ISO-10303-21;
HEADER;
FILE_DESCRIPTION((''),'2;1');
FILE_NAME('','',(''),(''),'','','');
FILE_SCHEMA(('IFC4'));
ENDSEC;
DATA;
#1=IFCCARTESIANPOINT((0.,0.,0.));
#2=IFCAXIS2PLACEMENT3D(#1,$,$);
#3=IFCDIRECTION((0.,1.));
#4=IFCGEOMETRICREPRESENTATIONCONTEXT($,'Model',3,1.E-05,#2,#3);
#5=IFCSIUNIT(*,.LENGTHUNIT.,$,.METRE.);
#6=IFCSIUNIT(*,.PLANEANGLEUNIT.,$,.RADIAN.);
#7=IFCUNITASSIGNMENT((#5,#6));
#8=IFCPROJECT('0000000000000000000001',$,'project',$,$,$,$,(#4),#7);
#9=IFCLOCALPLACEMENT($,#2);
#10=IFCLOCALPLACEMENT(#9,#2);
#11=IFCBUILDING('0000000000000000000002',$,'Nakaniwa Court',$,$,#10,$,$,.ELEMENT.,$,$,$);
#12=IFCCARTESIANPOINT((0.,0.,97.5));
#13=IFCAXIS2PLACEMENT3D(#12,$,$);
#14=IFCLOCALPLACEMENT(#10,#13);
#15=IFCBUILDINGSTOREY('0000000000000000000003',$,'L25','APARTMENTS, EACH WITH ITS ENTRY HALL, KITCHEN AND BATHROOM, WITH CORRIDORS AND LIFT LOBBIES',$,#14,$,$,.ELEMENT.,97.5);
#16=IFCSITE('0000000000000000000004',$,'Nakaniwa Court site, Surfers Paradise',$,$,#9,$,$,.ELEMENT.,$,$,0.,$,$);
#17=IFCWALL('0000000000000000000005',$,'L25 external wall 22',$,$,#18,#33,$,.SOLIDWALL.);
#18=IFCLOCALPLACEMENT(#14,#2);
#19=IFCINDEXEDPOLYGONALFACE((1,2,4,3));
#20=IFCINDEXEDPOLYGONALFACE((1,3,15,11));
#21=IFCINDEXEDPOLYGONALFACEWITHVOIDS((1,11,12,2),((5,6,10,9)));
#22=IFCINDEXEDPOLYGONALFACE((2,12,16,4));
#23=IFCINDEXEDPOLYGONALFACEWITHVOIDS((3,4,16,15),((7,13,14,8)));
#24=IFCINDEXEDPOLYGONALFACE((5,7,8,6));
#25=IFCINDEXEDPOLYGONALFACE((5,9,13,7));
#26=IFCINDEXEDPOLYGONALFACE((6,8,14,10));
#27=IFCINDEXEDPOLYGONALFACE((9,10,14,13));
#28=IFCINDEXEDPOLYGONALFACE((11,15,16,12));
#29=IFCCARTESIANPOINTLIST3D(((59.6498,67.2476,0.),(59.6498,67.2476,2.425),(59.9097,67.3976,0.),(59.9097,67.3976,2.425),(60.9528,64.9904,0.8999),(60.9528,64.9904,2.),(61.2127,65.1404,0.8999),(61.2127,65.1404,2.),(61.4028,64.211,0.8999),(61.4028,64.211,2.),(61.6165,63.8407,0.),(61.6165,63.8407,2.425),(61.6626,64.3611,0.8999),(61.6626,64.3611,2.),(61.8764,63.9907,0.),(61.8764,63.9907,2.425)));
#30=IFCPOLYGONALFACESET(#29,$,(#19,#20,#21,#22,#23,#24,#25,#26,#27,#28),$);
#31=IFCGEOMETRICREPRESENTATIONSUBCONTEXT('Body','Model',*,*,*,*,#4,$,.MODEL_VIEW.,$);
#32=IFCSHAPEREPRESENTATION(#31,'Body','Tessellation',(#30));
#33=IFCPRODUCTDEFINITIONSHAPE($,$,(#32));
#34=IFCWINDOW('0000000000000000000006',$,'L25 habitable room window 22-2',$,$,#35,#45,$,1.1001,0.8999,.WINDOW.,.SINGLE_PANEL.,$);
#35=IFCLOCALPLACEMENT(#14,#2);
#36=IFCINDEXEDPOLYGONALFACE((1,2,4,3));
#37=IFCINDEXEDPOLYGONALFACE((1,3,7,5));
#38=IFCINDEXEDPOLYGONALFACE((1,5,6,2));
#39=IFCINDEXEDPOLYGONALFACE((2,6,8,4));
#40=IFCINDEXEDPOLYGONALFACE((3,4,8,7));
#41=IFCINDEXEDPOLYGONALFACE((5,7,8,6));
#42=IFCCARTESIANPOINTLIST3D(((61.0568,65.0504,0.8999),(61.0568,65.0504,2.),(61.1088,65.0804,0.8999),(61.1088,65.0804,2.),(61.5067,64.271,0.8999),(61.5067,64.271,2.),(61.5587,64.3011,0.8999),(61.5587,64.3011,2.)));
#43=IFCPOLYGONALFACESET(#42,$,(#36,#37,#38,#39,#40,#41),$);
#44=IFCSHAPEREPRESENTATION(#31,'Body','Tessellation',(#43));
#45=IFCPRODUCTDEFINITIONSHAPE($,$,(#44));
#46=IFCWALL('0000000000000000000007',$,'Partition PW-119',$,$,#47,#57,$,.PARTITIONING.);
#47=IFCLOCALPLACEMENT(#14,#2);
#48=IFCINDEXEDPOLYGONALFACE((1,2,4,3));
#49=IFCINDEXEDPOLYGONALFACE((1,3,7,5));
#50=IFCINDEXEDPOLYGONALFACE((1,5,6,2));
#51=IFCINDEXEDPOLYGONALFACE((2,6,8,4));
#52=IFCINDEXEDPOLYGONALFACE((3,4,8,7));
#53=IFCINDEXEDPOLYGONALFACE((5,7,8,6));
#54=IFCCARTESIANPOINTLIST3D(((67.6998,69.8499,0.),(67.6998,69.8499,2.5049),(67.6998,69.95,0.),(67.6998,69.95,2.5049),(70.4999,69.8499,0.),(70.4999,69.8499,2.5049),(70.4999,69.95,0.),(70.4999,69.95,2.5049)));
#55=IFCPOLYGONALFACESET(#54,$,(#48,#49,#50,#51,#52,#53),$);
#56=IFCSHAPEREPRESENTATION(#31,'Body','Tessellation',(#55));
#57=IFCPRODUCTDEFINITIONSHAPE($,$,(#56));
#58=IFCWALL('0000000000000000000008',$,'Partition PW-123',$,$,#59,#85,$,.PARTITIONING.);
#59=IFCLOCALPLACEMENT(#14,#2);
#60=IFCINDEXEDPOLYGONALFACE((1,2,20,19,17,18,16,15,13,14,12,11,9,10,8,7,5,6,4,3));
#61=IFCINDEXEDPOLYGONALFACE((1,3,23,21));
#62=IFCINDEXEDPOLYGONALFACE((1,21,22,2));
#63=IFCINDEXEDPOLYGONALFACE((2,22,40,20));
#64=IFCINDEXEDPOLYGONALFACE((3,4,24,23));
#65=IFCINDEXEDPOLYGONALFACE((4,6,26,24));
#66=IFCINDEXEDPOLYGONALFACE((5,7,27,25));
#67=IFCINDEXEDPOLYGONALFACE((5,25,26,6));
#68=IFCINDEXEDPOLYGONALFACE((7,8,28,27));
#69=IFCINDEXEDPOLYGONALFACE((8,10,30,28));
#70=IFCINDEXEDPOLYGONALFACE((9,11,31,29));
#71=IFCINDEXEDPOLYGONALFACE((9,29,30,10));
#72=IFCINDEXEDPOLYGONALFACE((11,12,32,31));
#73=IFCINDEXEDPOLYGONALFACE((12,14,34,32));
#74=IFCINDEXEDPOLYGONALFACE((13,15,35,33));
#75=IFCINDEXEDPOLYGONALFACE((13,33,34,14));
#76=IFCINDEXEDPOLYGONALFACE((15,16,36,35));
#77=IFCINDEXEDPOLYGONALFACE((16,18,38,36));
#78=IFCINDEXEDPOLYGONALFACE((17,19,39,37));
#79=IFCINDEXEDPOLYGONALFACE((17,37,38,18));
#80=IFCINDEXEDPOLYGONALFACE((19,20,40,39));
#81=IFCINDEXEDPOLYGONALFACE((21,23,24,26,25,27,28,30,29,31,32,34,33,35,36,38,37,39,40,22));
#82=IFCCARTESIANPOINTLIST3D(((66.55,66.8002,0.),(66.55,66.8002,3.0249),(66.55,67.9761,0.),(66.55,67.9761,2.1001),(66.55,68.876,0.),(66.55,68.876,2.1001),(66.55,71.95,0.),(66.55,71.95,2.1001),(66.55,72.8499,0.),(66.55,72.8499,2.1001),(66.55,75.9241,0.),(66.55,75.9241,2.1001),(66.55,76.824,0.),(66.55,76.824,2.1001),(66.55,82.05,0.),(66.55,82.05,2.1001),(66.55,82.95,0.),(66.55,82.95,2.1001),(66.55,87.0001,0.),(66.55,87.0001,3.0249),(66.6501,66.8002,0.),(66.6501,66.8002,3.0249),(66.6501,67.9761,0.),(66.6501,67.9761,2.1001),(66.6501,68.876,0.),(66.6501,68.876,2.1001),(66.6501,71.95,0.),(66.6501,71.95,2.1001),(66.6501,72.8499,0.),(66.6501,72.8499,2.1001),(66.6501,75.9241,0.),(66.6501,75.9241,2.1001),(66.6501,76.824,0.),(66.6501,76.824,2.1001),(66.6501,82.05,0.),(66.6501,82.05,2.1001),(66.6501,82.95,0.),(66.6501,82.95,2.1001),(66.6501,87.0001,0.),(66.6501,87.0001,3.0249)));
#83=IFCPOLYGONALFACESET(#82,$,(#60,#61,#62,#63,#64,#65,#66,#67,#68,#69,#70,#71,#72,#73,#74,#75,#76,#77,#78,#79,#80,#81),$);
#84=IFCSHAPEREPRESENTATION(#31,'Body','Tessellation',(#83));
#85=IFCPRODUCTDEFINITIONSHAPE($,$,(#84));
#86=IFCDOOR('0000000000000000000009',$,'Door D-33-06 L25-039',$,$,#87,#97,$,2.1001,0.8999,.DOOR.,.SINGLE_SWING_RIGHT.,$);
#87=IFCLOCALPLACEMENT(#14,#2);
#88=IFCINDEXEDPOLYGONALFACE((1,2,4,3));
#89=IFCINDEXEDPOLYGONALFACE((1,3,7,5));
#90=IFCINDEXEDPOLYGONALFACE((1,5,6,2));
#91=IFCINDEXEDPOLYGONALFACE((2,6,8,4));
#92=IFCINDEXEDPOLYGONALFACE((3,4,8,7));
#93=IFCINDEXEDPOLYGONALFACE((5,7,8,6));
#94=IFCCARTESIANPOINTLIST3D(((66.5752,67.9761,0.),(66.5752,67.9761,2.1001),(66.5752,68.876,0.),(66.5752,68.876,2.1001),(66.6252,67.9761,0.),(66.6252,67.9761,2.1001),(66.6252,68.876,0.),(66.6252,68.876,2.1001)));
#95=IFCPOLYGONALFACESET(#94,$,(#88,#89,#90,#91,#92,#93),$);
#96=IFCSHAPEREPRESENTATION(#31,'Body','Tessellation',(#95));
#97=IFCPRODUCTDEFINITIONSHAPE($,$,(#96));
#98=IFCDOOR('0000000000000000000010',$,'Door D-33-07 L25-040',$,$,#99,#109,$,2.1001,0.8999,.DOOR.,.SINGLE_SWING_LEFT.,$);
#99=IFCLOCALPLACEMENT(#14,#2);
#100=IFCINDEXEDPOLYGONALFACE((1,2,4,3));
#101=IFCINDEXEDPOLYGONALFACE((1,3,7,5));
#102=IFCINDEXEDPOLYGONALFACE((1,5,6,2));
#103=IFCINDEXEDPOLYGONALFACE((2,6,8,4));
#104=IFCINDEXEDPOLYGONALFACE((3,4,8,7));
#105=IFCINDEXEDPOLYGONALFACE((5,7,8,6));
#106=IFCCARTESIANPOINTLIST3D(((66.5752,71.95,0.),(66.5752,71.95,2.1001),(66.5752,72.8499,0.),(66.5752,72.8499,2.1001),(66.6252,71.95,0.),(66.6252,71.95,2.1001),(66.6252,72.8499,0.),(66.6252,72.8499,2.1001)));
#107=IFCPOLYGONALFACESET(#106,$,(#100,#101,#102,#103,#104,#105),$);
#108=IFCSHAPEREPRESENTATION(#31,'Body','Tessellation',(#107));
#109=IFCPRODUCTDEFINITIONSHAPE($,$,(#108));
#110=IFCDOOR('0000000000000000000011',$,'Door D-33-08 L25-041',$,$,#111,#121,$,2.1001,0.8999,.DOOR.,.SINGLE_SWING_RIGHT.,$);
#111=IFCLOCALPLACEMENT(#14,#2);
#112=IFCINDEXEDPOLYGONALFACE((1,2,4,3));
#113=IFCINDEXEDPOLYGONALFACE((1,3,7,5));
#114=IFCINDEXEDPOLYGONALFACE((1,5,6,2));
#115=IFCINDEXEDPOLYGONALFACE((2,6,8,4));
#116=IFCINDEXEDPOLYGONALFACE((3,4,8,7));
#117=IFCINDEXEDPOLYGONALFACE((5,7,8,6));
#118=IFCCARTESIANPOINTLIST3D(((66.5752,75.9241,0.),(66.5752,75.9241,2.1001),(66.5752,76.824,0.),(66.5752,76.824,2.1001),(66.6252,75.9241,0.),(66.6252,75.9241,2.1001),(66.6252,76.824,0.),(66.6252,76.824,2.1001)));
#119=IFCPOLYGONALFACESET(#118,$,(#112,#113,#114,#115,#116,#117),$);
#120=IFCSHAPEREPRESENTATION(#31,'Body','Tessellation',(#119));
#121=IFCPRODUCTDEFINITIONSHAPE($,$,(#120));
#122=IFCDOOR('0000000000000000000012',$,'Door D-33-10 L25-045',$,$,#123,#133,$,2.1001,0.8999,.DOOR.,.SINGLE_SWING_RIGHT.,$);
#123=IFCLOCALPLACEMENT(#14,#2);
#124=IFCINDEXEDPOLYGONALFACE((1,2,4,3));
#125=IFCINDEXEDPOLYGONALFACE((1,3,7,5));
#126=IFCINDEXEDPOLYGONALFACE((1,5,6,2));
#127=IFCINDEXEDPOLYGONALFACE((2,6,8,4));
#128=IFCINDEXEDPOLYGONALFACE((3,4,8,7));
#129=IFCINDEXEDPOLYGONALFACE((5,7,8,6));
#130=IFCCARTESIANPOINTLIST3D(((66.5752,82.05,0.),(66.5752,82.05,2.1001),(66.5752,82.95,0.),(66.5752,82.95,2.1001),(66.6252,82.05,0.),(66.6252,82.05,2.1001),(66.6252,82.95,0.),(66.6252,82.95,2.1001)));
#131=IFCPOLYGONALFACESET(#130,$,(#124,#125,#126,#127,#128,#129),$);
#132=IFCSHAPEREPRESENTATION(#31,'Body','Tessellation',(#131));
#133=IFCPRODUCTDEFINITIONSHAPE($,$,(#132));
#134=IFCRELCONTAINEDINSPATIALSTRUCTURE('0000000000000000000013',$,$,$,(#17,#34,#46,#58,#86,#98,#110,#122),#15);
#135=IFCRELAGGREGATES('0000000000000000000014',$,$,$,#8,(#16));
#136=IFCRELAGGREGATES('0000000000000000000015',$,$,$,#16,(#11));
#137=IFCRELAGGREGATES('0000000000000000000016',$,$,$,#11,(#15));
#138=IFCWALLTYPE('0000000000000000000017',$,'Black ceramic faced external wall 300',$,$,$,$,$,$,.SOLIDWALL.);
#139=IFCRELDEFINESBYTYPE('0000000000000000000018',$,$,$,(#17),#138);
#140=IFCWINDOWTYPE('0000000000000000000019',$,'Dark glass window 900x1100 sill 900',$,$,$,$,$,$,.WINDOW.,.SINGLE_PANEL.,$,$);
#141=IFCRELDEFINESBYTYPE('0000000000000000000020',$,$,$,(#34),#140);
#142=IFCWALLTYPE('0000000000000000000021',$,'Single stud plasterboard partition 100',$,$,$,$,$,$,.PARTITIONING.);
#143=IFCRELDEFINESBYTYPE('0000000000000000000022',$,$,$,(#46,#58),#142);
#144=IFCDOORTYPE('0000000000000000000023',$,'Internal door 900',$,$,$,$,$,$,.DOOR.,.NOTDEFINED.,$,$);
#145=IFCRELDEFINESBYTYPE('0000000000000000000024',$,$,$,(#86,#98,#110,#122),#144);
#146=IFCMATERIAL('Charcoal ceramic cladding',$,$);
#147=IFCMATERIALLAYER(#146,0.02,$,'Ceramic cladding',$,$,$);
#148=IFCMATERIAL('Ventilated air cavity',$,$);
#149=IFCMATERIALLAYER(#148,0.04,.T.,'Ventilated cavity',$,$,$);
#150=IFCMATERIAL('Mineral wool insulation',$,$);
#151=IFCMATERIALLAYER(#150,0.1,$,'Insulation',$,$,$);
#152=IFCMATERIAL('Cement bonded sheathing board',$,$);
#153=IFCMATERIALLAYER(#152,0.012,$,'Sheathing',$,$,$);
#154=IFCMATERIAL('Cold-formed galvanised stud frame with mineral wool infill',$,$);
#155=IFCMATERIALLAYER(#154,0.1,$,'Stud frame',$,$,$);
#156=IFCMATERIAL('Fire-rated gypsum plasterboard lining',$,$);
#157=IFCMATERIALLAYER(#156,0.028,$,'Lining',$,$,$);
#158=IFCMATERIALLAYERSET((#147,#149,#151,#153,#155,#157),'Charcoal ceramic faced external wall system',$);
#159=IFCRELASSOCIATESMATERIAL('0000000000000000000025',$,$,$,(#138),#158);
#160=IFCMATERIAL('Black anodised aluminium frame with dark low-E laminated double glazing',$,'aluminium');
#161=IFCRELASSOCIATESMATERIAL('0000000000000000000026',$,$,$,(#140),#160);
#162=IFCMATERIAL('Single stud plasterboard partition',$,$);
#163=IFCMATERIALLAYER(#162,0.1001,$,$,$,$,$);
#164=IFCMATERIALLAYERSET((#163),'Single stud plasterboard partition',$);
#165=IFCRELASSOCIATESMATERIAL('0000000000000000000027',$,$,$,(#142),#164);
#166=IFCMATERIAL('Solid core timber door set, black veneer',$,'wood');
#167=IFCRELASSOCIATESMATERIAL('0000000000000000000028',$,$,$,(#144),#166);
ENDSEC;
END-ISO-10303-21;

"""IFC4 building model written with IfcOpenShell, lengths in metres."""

from ifc_helpers import new_model, si_unit, direction, frame, frame_2d, origin, place, context, subcontext, project, spatial, rectangle, extrude, material, layer, layer_set, type_object, element, fill, save


model = new_model("IFC4")

# Units and contexts
model_context = context("Model", 3, precision=1e-05, world=origin(), true_north=direction((0.0, 1.0)))
body_context = subcontext(model_context, "Body", "Model", "MODEL_VIEW")
ifc_project = project(units=[si_unit("LENGTHUNIT", "METRE"), si_unit("PLANEANGLEUNIT", "RADIAN")], contexts=[model_context])

# Site, building, storey
site_placement = place(None, origin())
site = spatial("IfcSite", under=ifc_project, at=site_placement, Name="Nakaniwa Court site, Surfers Paradise", CompositionType="ELEMENT", RefElevation=0.0)
building_placement = place(site_placement, origin())
building = spatial("IfcBuilding", under=site, at=building_placement, Name="Nakaniwa Court", CompositionType="ELEMENT")
storey_placement = place(building_placement, frame((0.0, 0.0, 97.5)))
storey = spatial("IfcBuildingStorey", under=building, at=storey_placement, Name="L25", Description="APARTMENTS, EACH WITH ITS ENTRY HALL, KITCHEN AND BATHROOM, WITH CORRIDORS AND LIFT LOBBIES", CompositionType="ELEMENT", Elevation=97.5)

# Shared definitions
ifc_material_1 = material(Name="Solid core timber door set, black veneer", Category="wood")

# Wall, opening, window
ifc_material_2 = material(Name="Charcoal ceramic cladding")
ifc_layer_1 = layer(ifc_material_2, 0.02, Name="Ceramic cladding")
ifc_material_3 = material(Name="Ventilated air cavity")
ifc_layer_2 = layer(ifc_material_3, 0.04, ventilated=True, Name="Ventilated cavity")
ifc_material_4 = material(Name="Mineral wool insulation")
ifc_layer_3 = layer(ifc_material_4, 0.1, Name="Insulation")
ifc_material_5 = material(Name="Cement bonded sheathing board")
ifc_layer_4 = layer(ifc_material_5, 0.012, Name="Sheathing")
ifc_material_6 = material(Name="Cold-formed galvanised stud frame with mineral wool infill")
ifc_layer_5 = layer(ifc_material_6, 0.1, Name="Stud frame")
ifc_material_7 = material(Name="Fire-rated gypsum plasterboard lining")
ifc_layer_6 = layer(ifc_material_7, 0.028, Name="Lining")
ifc_layer_set_1 = layer_set([ifc_layer_1, ifc_layer_2, ifc_layer_3, ifc_layer_4, ifc_layer_5, ifc_layer_6], Name="Charcoal ceramic faced external wall system")
wall_type_1 = type_object("IfcWallType", Name="Black ceramic faced external wall 300", PredefinedType="SOLIDWALL", material=ifc_layer_set_1)
ifc_material_8 = material(Name="Black anodised aluminium frame with dark low-E laminated double glazing", Category="aluminium")
wall_1_placement = place(storey_placement, frame((59.7798, 67.3225, 0.0), z_axis=(0.0, 0.0, 1.0), x_axis=(0.499957, -0.86605, 0.0)))
wall_1 = element("IfcWall", 1, at=wall_1_placement, inside=storey, type_object=wall_type_1, Name="L25 external wall 22", PredefinedType="SOLIDWALL", context=body_context, shape_type="SweptSolid", body=[
    extrude(rectangle(XDim=3.9338, YDim=0.3, at=frame_2d((1.9668, 0.0))), origin(), (0.0, 0.0, 1.0), 2.425),
])
opening_1_placement = place(wall_1_placement, frame((2.6062, 0.0, 0.8999)))
opening_1 = element("IfcOpeningElement", 2, at=opening_1_placement, cuts=wall_1, PredefinedType="OPENING", context=body_context, shape_type="SweptSolid", body=[
    extrude(rectangle(XDim=0.8999, YDim=1.1001, at=frame_2d((0.45, 0.55))), frame((0.0, 0.1599, 0.0), z_axis=(0.0, -1.0, 0.0), x_axis=(1.0, 0.0, 0.0)), (0.0, 0.0, 1.0), 0.3201),
])
window_type_1 = type_object("IfcWindowType", Name="Dark glass window 900x1100 sill 900", PartitioningType="SINGLE_PANEL", PredefinedType="WINDOW", material=ifc_material_8)
window_1_placement = place(opening_1_placement, origin())
window_1 = element("IfcWindow", 3, at=window_1_placement, inside=storey, type_object=window_type_1, Name="L25 habitable room window 22-2", OverallHeight=1.1001, OverallWidth=0.8999, PartitioningType="SINGLE_PANEL", PredefinedType="WINDOW", context=body_context, shape_type="SweptSolid", body=[
    extrude(rectangle(XDim=0.8999, YDim=1.1001, at=frame_2d((0.45, 0.55))), frame((0.0, 0.03, 0.0), z_axis=(0.0, -1.0, 0.0), x_axis=(1.0, 0.0, 0.0)), (0.0, 0.0, 1.0), 0.0601),
])
fill(opening_1, window_1)

# Wall
ifc_material_9 = material(Name="Single stud plasterboard partition")
ifc_layer_7 = layer(ifc_material_9, 0.1001)
ifc_layer_set_2 = layer_set([ifc_layer_7], Name="Single stud plasterboard partition")
wall_type_2 = type_object("IfcWallType", Name="Single stud plasterboard partition 100", PredefinedType="PARTITIONING", material=ifc_layer_set_2)
wall_2_placement = place(storey_placement, frame((67.7, 69.8999, 0.0), z_axis=(0.0, 0.0, 1.0), x_axis=(1.0, 0.0, 0.0)))
element("IfcWall", 4, at=wall_2_placement, inside=storey, type_object=wall_type_2, Name="Partition PW-119", PredefinedType="PARTITIONING", context=body_context, shape_type="SweptSolid", body=[
    extrude(rectangle(XDim=2.8, YDim=0.1001, at=frame_2d((1.3999, 0.0))), origin(), (0.0, 0.0, 1.0), 2.5049),
])

# Wall, openings, doors
wall_3_placement = place(storey_placement, frame((66.6001, 66.8, 0.0), z_axis=(0.0, 0.0, 1.0), x_axis=(0.0, 1.0, 0.0)))
wall_3 = element("IfcWall", 5, at=wall_3_placement, inside=storey, type_object=wall_type_2, Name="Partition PW-123", PredefinedType="PARTITIONING", context=body_context, shape_type="SweptSolid", body=[
    extrude(rectangle(XDim=20.2, YDim=0.1001, at=frame_2d((10.1001, 0.0))), origin(), (0.0, 0.0, 1.0), 3.0249),
])
opening_2_placement = place(wall_3_placement, frame((1.176, 0.0, 0.0)))
opening_2 = element("IfcOpeningElement", 6, at=opening_2_placement, cuts=wall_3, PredefinedType="OPENING", context=body_context, shape_type="SweptSolid", body=[
    extrude(rectangle(XDim=0.8999, YDim=2.1001, at=frame_2d((0.45, 1.05))), frame((0.0, 0.0601, 0.0), z_axis=(0.0, -1.0, 0.0), x_axis=(1.0, 0.0, 0.0)), (0.0, 0.0, 1.0), 0.1201),
])
opening_3_placement = place(wall_3_placement, frame((5.1499, 0.0, 0.0)))
opening_3 = element("IfcOpeningElement", 7, at=opening_3_placement, cuts=wall_3, PredefinedType="OPENING", context=body_context, shape_type="SweptSolid", body=[
    extrude(rectangle(XDim=0.8999, YDim=2.1001, at=frame_2d((0.45, 1.05))), frame((0.0, 0.0601, 0.0), z_axis=(0.0, -1.0, 0.0), x_axis=(1.0, 0.0, 0.0)), (0.0, 0.0, 1.0), 0.1201),
])
opening_4_placement = place(wall_3_placement, frame((9.124, 0.0, 0.0)))
opening_4 = element("IfcOpeningElement", 8, at=opening_4_placement, cuts=wall_3, PredefinedType="OPENING", context=body_context, shape_type="SweptSolid", body=[
    extrude(rectangle(XDim=0.8999, YDim=2.1001, at=frame_2d((0.45, 1.05))), frame((0.0, 0.0601, 0.0), z_axis=(0.0, -1.0, 0.0), x_axis=(1.0, 0.0, 0.0)), (0.0, 0.0, 1.0), 0.1201),
])
opening_5_placement = place(wall_3_placement, frame((15.25, 0.0, 0.0)))
opening_5 = element("IfcOpeningElement", 9, at=opening_5_placement, cuts=wall_3, PredefinedType="OPENING", context=body_context, shape_type="SweptSolid", body=[
    extrude(rectangle(XDim=0.8999, YDim=2.1001, at=frame_2d((0.45, 1.05))), frame((0.0, 0.0601, 0.0), z_axis=(0.0, -1.0, 0.0), x_axis=(1.0, 0.0, 0.0)), (0.0, 0.0, 1.0), 0.1201),
])
door_type_1 = type_object("IfcDoorType", Name="Internal door 900", OperationType="NOTDEFINED", PredefinedType="DOOR", material=ifc_material_1)
door_1_placement = place(opening_2_placement, origin())
door_1 = element("IfcDoor", 10, at=door_1_placement, inside=storey, type_object=door_type_1, Name="Door D-33-06 L25-039", OperationType="SINGLE_SWING_RIGHT", OverallHeight=2.1001, OverallWidth=0.8999, PredefinedType="DOOR", context=body_context, shape_type="SweptSolid", body=[
    extrude(rectangle(XDim=0.8999, YDim=2.1001, at=frame_2d((0.45, 1.05))), frame((0.0, 0.0249, 0.0), z_axis=(0.0, -1.0, 0.0), x_axis=(1.0, 0.0, 0.0)), (0.0, 0.0, 1.0), 0.05),
])
fill(opening_2, door_1)
door_2_placement = place(opening_3_placement, origin())
door_2 = element("IfcDoor", 11, at=door_2_placement, inside=storey, type_object=door_type_1, Name="Door D-33-07 L25-040", OperationType="SINGLE_SWING_LEFT", OverallHeight=2.1001, OverallWidth=0.8999, PredefinedType="DOOR", context=body_context, shape_type="SweptSolid", body=[
    extrude(rectangle(XDim=0.8999, YDim=2.1001, at=frame_2d((0.45, 1.05))), frame((0.0, 0.0249, 0.0), z_axis=(0.0, -1.0, 0.0), x_axis=(1.0, 0.0, 0.0)), (0.0, 0.0, 1.0), 0.05),
])
fill(opening_3, door_2)
door_3_placement = place(opening_4_placement, origin())
door_3 = element("IfcDoor", 12, at=door_3_placement, inside=storey, type_object=door_type_1, Name="Door D-33-08 L25-041", OperationType="SINGLE_SWING_RIGHT", OverallHeight=2.1001, OverallWidth=0.8999, PredefinedType="DOOR", context=body_context, shape_type="SweptSolid", body=[
    extrude(rectangle(XDim=0.8999, YDim=2.1001, at=frame_2d((0.45, 1.05))), frame((0.0, 0.0249, 0.0), z_axis=(0.0, -1.0, 0.0), x_axis=(1.0, 0.0, 0.0)), (0.0, 0.0, 1.0), 0.05),
])
fill(opening_4, door_3)
door_4_placement = place(opening_5_placement, origin())
door_4 = element("IfcDoor", 13, at=door_4_placement, inside=storey, type_object=door_type_1, Name="Door D-33-10 L25-045", OperationType="SINGLE_SWING_RIGHT", OverallHeight=2.1001, OverallWidth=0.8999, PredefinedType="DOOR", context=body_context, shape_type="SweptSolid", body=[
    extrude(rectangle(XDim=0.8999, YDim=2.1001, at=frame_2d((0.45, 1.05))), frame((0.0, 0.0249, 0.0), z_axis=(0.0, -1.0, 0.0), x_axis=(1.0, 0.0, 0.0)), (0.0, 0.0, 1.0), 0.05),
])
fill(opening_5, door_4)

save(model, "model.ifc")
